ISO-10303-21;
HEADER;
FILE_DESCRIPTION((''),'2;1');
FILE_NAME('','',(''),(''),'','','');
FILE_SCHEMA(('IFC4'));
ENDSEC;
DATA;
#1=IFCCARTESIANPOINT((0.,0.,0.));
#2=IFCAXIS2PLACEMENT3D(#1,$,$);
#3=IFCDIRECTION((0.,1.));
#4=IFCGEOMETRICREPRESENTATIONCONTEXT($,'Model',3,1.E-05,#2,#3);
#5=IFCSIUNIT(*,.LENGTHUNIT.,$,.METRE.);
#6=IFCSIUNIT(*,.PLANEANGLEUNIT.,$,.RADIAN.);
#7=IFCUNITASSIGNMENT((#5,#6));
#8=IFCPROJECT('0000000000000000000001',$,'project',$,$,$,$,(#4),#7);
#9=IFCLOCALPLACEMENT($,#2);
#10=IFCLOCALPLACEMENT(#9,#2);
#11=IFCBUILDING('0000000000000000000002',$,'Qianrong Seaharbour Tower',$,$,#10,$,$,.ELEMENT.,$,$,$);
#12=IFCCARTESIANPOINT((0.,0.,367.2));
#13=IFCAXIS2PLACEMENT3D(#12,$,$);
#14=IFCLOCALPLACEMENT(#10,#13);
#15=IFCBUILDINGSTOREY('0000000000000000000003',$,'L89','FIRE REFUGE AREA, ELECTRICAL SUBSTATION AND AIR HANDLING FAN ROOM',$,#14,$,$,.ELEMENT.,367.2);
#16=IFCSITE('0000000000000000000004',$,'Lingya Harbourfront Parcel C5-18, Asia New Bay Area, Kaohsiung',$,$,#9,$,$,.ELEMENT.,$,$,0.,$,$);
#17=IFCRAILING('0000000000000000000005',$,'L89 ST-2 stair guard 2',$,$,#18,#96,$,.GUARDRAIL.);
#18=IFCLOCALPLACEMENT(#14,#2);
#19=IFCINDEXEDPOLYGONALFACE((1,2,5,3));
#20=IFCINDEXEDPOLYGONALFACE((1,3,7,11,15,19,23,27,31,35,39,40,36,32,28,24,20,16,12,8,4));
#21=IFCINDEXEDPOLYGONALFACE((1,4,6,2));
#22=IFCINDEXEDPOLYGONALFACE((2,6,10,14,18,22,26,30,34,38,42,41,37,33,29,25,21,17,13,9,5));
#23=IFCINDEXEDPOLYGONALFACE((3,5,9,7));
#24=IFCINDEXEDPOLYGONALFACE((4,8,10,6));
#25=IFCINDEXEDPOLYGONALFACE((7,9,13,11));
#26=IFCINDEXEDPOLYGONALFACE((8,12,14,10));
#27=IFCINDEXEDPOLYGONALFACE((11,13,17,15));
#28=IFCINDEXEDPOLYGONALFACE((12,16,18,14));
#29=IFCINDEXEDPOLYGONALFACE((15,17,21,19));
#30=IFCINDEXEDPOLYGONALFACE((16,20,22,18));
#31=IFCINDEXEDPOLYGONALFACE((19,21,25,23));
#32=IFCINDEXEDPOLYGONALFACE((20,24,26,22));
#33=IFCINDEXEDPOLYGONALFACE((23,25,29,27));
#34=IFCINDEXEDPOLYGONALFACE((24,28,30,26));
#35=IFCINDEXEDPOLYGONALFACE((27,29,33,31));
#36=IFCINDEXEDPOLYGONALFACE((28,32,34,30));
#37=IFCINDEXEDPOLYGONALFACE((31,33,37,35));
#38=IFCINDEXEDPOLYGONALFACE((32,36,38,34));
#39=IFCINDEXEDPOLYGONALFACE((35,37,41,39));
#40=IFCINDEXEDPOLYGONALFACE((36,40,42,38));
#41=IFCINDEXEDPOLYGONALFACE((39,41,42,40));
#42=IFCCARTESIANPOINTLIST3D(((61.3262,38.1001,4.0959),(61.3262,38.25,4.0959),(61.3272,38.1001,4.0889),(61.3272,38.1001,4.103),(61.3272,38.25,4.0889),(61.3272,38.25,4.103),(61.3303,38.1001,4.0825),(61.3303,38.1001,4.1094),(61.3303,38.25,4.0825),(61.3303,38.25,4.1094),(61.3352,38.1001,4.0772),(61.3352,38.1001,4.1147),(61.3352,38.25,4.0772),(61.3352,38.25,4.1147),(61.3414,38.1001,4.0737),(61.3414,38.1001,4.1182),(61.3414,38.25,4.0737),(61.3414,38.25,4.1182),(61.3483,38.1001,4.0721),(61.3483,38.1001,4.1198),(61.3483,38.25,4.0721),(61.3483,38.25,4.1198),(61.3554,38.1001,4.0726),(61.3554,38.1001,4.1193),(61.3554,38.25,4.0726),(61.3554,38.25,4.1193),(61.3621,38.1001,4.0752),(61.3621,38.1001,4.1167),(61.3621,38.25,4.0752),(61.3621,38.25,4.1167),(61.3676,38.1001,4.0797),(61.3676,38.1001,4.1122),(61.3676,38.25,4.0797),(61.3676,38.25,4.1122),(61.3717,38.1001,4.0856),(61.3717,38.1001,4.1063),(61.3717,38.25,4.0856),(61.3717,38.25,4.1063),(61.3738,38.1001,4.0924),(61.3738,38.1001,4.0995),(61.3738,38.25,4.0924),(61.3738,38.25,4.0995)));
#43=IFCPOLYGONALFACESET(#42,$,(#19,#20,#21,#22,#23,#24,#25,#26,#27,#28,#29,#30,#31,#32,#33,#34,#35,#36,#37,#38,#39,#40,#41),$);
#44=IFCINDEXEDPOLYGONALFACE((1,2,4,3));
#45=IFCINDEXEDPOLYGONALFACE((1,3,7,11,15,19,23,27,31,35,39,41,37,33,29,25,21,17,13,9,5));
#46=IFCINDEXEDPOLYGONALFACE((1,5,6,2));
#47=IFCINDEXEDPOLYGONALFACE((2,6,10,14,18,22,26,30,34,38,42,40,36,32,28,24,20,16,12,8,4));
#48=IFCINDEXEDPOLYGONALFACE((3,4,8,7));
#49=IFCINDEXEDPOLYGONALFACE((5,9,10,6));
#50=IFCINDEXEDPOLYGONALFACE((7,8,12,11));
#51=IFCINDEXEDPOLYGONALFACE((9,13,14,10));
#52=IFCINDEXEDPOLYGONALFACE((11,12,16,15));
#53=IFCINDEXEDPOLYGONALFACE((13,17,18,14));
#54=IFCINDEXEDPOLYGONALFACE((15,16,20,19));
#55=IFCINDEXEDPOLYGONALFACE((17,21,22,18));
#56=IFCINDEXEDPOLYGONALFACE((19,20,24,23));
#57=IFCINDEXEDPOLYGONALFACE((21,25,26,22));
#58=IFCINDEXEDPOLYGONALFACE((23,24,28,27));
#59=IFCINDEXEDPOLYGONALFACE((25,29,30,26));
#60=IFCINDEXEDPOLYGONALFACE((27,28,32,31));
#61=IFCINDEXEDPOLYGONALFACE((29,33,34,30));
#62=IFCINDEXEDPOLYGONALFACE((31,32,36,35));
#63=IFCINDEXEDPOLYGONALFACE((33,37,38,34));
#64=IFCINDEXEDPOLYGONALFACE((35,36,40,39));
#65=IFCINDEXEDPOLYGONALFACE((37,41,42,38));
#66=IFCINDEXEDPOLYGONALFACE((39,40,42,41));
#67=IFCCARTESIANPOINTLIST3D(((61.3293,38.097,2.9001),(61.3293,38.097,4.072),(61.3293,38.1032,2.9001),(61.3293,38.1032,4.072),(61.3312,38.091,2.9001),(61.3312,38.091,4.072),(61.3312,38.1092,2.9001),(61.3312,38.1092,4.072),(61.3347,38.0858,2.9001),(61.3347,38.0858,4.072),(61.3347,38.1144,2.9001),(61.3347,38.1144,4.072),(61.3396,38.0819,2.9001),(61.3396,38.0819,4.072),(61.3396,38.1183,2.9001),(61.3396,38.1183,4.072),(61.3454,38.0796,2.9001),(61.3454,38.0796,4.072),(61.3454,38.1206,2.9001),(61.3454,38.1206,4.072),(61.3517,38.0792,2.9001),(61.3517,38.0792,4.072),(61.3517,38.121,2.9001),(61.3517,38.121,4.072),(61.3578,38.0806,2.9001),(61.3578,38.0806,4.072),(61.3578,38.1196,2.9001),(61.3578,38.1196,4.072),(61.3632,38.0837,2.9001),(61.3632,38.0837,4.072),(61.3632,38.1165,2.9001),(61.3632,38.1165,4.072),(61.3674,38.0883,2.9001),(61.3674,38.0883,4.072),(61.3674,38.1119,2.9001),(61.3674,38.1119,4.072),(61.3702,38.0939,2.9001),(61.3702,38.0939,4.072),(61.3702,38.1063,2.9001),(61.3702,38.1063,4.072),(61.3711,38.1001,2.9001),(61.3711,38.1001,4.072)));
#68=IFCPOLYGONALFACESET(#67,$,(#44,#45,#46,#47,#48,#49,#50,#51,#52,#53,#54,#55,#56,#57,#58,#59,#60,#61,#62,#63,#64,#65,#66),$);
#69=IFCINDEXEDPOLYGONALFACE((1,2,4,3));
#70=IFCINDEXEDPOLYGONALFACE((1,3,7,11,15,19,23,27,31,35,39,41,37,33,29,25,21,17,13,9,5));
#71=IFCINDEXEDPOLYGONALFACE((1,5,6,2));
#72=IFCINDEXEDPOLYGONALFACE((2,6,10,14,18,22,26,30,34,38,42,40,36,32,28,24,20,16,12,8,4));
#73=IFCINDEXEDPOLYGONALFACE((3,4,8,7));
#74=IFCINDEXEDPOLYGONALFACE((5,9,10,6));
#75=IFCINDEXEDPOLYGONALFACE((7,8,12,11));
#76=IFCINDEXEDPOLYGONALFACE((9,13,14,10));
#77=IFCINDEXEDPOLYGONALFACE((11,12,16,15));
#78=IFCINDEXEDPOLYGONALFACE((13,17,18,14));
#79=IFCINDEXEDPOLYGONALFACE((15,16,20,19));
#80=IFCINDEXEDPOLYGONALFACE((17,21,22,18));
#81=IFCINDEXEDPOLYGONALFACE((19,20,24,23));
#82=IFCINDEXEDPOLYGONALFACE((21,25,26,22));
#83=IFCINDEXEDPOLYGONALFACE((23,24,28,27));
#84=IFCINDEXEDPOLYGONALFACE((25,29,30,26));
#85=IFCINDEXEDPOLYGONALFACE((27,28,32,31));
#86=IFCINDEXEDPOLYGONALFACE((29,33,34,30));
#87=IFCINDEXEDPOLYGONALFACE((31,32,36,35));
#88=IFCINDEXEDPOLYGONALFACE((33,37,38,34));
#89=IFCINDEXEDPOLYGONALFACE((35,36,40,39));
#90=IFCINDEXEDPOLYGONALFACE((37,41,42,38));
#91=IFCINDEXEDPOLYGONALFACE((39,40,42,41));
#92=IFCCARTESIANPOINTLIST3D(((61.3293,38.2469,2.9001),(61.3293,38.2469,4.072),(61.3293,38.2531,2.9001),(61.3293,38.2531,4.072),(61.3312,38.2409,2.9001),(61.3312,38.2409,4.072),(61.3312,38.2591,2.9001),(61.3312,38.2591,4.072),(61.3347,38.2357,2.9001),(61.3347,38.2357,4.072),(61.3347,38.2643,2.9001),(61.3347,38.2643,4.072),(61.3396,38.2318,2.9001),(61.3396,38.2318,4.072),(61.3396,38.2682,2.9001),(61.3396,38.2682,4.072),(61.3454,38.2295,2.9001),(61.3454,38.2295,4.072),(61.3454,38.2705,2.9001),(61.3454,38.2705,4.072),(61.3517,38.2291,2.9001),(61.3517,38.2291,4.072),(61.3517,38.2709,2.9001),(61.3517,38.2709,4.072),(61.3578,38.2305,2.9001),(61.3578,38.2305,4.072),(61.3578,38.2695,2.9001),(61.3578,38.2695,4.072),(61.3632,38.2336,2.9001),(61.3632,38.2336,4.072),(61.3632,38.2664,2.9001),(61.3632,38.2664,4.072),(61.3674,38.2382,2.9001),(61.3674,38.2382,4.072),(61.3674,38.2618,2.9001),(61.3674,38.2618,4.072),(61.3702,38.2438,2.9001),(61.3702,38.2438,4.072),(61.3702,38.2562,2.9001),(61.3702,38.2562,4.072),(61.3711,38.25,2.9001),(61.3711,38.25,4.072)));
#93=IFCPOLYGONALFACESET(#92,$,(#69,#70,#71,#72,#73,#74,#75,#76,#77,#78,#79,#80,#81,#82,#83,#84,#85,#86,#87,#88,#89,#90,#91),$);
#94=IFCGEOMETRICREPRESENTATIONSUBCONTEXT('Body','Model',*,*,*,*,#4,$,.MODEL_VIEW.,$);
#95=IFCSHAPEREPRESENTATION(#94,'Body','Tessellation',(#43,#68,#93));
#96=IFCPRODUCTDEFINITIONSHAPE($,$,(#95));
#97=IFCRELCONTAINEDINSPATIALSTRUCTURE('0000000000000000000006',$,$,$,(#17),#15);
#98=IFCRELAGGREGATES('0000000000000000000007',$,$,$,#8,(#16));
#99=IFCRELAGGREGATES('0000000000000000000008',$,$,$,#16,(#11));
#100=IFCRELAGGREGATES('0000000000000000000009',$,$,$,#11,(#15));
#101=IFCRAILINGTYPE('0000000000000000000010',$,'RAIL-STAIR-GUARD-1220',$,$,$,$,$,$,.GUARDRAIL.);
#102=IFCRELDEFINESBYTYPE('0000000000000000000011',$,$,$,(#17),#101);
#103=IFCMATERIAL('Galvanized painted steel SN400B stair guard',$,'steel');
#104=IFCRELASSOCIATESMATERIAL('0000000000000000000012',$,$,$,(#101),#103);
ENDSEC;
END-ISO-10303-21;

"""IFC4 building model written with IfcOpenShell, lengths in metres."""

from ifc_helpers import new_model, si_unit, direction, frame, origin, origin_2d, place, context, subcontext, project, spatial, circle, extrude, material, type_object, element, save


model = new_model("IFC4")

# Units and contexts
model_context = context("Model", 3, precision=1e-05, world=origin(), true_north=direction((0.0, 1.0)))
body_context = subcontext(model_context, "Body", "Model", "MODEL_VIEW")
ifc_project = project(units=[si_unit("LENGTHUNIT", "METRE"), si_unit("PLANEANGLEUNIT", "RADIAN")], contexts=[model_context])

# Site, building, storey
site_placement = place(None, origin())
site = spatial("IfcSite", under=ifc_project, at=site_placement, Name="Lingya Harbourfront Parcel C5-18, Asia New Bay Area, Kaohsiung", CompositionType="ELEMENT", RefElevation=0.0)
building_placement = place(site_placement, origin())
building = spatial("IfcBuilding", under=site, at=building_placement, Name="Qianrong Seaharbour Tower", CompositionType="ELEMENT")
storey_placement = place(building_placement, frame((0.0, 0.0, 367.2)))
storey = spatial("IfcBuildingStorey", under=building, at=storey_placement, Name="L89", Description="FIRE REFUGE AREA, ELECTRICAL SUBSTATION AND AIR HANDLING FAN ROOM", CompositionType="ELEMENT", Elevation=367.2)

# Railing
ifc_material_1 = material(Name="Galvanized painted steel SN400B stair guard", Category="steel")
railing_type_1 = type_object("IfcRailingType", Name="RAIL-STAIR-GUARD-1220", PredefinedType="GUARDRAIL", material=ifc_material_1)
railing_1_placement = place(storey_placement, frame((61.3501, 38.1001, 2.9001)))
element("IfcRailing", 1, at=railing_1_placement, inside=storey, type_object=railing_type_1, Name="L89 ST-2 stair guard 2", PredefinedType="GUARDRAIL", context=body_context, shape_type="SweptSolid", body=[
    extrude(circle(Radius=0.0239, at=origin_2d()), frame((0.0, 0.0, 1.1958), z_axis=(0.0, 1.0, 0.0), x_axis=(-1.0, 0.0, 0.0)), (0.0, 0.0, 1.0), 0.1499),
    extrude(circle(Radius=0.021, at=origin_2d()), origin(), (0.0, 0.0, 1.0), 1.1719),
    extrude(circle(Radius=0.021, at=origin_2d()), frame((0.0, 0.1499, 0.0)), (0.0, 0.0, 1.0), 1.1719),
])

save(model, "model.ifc")
